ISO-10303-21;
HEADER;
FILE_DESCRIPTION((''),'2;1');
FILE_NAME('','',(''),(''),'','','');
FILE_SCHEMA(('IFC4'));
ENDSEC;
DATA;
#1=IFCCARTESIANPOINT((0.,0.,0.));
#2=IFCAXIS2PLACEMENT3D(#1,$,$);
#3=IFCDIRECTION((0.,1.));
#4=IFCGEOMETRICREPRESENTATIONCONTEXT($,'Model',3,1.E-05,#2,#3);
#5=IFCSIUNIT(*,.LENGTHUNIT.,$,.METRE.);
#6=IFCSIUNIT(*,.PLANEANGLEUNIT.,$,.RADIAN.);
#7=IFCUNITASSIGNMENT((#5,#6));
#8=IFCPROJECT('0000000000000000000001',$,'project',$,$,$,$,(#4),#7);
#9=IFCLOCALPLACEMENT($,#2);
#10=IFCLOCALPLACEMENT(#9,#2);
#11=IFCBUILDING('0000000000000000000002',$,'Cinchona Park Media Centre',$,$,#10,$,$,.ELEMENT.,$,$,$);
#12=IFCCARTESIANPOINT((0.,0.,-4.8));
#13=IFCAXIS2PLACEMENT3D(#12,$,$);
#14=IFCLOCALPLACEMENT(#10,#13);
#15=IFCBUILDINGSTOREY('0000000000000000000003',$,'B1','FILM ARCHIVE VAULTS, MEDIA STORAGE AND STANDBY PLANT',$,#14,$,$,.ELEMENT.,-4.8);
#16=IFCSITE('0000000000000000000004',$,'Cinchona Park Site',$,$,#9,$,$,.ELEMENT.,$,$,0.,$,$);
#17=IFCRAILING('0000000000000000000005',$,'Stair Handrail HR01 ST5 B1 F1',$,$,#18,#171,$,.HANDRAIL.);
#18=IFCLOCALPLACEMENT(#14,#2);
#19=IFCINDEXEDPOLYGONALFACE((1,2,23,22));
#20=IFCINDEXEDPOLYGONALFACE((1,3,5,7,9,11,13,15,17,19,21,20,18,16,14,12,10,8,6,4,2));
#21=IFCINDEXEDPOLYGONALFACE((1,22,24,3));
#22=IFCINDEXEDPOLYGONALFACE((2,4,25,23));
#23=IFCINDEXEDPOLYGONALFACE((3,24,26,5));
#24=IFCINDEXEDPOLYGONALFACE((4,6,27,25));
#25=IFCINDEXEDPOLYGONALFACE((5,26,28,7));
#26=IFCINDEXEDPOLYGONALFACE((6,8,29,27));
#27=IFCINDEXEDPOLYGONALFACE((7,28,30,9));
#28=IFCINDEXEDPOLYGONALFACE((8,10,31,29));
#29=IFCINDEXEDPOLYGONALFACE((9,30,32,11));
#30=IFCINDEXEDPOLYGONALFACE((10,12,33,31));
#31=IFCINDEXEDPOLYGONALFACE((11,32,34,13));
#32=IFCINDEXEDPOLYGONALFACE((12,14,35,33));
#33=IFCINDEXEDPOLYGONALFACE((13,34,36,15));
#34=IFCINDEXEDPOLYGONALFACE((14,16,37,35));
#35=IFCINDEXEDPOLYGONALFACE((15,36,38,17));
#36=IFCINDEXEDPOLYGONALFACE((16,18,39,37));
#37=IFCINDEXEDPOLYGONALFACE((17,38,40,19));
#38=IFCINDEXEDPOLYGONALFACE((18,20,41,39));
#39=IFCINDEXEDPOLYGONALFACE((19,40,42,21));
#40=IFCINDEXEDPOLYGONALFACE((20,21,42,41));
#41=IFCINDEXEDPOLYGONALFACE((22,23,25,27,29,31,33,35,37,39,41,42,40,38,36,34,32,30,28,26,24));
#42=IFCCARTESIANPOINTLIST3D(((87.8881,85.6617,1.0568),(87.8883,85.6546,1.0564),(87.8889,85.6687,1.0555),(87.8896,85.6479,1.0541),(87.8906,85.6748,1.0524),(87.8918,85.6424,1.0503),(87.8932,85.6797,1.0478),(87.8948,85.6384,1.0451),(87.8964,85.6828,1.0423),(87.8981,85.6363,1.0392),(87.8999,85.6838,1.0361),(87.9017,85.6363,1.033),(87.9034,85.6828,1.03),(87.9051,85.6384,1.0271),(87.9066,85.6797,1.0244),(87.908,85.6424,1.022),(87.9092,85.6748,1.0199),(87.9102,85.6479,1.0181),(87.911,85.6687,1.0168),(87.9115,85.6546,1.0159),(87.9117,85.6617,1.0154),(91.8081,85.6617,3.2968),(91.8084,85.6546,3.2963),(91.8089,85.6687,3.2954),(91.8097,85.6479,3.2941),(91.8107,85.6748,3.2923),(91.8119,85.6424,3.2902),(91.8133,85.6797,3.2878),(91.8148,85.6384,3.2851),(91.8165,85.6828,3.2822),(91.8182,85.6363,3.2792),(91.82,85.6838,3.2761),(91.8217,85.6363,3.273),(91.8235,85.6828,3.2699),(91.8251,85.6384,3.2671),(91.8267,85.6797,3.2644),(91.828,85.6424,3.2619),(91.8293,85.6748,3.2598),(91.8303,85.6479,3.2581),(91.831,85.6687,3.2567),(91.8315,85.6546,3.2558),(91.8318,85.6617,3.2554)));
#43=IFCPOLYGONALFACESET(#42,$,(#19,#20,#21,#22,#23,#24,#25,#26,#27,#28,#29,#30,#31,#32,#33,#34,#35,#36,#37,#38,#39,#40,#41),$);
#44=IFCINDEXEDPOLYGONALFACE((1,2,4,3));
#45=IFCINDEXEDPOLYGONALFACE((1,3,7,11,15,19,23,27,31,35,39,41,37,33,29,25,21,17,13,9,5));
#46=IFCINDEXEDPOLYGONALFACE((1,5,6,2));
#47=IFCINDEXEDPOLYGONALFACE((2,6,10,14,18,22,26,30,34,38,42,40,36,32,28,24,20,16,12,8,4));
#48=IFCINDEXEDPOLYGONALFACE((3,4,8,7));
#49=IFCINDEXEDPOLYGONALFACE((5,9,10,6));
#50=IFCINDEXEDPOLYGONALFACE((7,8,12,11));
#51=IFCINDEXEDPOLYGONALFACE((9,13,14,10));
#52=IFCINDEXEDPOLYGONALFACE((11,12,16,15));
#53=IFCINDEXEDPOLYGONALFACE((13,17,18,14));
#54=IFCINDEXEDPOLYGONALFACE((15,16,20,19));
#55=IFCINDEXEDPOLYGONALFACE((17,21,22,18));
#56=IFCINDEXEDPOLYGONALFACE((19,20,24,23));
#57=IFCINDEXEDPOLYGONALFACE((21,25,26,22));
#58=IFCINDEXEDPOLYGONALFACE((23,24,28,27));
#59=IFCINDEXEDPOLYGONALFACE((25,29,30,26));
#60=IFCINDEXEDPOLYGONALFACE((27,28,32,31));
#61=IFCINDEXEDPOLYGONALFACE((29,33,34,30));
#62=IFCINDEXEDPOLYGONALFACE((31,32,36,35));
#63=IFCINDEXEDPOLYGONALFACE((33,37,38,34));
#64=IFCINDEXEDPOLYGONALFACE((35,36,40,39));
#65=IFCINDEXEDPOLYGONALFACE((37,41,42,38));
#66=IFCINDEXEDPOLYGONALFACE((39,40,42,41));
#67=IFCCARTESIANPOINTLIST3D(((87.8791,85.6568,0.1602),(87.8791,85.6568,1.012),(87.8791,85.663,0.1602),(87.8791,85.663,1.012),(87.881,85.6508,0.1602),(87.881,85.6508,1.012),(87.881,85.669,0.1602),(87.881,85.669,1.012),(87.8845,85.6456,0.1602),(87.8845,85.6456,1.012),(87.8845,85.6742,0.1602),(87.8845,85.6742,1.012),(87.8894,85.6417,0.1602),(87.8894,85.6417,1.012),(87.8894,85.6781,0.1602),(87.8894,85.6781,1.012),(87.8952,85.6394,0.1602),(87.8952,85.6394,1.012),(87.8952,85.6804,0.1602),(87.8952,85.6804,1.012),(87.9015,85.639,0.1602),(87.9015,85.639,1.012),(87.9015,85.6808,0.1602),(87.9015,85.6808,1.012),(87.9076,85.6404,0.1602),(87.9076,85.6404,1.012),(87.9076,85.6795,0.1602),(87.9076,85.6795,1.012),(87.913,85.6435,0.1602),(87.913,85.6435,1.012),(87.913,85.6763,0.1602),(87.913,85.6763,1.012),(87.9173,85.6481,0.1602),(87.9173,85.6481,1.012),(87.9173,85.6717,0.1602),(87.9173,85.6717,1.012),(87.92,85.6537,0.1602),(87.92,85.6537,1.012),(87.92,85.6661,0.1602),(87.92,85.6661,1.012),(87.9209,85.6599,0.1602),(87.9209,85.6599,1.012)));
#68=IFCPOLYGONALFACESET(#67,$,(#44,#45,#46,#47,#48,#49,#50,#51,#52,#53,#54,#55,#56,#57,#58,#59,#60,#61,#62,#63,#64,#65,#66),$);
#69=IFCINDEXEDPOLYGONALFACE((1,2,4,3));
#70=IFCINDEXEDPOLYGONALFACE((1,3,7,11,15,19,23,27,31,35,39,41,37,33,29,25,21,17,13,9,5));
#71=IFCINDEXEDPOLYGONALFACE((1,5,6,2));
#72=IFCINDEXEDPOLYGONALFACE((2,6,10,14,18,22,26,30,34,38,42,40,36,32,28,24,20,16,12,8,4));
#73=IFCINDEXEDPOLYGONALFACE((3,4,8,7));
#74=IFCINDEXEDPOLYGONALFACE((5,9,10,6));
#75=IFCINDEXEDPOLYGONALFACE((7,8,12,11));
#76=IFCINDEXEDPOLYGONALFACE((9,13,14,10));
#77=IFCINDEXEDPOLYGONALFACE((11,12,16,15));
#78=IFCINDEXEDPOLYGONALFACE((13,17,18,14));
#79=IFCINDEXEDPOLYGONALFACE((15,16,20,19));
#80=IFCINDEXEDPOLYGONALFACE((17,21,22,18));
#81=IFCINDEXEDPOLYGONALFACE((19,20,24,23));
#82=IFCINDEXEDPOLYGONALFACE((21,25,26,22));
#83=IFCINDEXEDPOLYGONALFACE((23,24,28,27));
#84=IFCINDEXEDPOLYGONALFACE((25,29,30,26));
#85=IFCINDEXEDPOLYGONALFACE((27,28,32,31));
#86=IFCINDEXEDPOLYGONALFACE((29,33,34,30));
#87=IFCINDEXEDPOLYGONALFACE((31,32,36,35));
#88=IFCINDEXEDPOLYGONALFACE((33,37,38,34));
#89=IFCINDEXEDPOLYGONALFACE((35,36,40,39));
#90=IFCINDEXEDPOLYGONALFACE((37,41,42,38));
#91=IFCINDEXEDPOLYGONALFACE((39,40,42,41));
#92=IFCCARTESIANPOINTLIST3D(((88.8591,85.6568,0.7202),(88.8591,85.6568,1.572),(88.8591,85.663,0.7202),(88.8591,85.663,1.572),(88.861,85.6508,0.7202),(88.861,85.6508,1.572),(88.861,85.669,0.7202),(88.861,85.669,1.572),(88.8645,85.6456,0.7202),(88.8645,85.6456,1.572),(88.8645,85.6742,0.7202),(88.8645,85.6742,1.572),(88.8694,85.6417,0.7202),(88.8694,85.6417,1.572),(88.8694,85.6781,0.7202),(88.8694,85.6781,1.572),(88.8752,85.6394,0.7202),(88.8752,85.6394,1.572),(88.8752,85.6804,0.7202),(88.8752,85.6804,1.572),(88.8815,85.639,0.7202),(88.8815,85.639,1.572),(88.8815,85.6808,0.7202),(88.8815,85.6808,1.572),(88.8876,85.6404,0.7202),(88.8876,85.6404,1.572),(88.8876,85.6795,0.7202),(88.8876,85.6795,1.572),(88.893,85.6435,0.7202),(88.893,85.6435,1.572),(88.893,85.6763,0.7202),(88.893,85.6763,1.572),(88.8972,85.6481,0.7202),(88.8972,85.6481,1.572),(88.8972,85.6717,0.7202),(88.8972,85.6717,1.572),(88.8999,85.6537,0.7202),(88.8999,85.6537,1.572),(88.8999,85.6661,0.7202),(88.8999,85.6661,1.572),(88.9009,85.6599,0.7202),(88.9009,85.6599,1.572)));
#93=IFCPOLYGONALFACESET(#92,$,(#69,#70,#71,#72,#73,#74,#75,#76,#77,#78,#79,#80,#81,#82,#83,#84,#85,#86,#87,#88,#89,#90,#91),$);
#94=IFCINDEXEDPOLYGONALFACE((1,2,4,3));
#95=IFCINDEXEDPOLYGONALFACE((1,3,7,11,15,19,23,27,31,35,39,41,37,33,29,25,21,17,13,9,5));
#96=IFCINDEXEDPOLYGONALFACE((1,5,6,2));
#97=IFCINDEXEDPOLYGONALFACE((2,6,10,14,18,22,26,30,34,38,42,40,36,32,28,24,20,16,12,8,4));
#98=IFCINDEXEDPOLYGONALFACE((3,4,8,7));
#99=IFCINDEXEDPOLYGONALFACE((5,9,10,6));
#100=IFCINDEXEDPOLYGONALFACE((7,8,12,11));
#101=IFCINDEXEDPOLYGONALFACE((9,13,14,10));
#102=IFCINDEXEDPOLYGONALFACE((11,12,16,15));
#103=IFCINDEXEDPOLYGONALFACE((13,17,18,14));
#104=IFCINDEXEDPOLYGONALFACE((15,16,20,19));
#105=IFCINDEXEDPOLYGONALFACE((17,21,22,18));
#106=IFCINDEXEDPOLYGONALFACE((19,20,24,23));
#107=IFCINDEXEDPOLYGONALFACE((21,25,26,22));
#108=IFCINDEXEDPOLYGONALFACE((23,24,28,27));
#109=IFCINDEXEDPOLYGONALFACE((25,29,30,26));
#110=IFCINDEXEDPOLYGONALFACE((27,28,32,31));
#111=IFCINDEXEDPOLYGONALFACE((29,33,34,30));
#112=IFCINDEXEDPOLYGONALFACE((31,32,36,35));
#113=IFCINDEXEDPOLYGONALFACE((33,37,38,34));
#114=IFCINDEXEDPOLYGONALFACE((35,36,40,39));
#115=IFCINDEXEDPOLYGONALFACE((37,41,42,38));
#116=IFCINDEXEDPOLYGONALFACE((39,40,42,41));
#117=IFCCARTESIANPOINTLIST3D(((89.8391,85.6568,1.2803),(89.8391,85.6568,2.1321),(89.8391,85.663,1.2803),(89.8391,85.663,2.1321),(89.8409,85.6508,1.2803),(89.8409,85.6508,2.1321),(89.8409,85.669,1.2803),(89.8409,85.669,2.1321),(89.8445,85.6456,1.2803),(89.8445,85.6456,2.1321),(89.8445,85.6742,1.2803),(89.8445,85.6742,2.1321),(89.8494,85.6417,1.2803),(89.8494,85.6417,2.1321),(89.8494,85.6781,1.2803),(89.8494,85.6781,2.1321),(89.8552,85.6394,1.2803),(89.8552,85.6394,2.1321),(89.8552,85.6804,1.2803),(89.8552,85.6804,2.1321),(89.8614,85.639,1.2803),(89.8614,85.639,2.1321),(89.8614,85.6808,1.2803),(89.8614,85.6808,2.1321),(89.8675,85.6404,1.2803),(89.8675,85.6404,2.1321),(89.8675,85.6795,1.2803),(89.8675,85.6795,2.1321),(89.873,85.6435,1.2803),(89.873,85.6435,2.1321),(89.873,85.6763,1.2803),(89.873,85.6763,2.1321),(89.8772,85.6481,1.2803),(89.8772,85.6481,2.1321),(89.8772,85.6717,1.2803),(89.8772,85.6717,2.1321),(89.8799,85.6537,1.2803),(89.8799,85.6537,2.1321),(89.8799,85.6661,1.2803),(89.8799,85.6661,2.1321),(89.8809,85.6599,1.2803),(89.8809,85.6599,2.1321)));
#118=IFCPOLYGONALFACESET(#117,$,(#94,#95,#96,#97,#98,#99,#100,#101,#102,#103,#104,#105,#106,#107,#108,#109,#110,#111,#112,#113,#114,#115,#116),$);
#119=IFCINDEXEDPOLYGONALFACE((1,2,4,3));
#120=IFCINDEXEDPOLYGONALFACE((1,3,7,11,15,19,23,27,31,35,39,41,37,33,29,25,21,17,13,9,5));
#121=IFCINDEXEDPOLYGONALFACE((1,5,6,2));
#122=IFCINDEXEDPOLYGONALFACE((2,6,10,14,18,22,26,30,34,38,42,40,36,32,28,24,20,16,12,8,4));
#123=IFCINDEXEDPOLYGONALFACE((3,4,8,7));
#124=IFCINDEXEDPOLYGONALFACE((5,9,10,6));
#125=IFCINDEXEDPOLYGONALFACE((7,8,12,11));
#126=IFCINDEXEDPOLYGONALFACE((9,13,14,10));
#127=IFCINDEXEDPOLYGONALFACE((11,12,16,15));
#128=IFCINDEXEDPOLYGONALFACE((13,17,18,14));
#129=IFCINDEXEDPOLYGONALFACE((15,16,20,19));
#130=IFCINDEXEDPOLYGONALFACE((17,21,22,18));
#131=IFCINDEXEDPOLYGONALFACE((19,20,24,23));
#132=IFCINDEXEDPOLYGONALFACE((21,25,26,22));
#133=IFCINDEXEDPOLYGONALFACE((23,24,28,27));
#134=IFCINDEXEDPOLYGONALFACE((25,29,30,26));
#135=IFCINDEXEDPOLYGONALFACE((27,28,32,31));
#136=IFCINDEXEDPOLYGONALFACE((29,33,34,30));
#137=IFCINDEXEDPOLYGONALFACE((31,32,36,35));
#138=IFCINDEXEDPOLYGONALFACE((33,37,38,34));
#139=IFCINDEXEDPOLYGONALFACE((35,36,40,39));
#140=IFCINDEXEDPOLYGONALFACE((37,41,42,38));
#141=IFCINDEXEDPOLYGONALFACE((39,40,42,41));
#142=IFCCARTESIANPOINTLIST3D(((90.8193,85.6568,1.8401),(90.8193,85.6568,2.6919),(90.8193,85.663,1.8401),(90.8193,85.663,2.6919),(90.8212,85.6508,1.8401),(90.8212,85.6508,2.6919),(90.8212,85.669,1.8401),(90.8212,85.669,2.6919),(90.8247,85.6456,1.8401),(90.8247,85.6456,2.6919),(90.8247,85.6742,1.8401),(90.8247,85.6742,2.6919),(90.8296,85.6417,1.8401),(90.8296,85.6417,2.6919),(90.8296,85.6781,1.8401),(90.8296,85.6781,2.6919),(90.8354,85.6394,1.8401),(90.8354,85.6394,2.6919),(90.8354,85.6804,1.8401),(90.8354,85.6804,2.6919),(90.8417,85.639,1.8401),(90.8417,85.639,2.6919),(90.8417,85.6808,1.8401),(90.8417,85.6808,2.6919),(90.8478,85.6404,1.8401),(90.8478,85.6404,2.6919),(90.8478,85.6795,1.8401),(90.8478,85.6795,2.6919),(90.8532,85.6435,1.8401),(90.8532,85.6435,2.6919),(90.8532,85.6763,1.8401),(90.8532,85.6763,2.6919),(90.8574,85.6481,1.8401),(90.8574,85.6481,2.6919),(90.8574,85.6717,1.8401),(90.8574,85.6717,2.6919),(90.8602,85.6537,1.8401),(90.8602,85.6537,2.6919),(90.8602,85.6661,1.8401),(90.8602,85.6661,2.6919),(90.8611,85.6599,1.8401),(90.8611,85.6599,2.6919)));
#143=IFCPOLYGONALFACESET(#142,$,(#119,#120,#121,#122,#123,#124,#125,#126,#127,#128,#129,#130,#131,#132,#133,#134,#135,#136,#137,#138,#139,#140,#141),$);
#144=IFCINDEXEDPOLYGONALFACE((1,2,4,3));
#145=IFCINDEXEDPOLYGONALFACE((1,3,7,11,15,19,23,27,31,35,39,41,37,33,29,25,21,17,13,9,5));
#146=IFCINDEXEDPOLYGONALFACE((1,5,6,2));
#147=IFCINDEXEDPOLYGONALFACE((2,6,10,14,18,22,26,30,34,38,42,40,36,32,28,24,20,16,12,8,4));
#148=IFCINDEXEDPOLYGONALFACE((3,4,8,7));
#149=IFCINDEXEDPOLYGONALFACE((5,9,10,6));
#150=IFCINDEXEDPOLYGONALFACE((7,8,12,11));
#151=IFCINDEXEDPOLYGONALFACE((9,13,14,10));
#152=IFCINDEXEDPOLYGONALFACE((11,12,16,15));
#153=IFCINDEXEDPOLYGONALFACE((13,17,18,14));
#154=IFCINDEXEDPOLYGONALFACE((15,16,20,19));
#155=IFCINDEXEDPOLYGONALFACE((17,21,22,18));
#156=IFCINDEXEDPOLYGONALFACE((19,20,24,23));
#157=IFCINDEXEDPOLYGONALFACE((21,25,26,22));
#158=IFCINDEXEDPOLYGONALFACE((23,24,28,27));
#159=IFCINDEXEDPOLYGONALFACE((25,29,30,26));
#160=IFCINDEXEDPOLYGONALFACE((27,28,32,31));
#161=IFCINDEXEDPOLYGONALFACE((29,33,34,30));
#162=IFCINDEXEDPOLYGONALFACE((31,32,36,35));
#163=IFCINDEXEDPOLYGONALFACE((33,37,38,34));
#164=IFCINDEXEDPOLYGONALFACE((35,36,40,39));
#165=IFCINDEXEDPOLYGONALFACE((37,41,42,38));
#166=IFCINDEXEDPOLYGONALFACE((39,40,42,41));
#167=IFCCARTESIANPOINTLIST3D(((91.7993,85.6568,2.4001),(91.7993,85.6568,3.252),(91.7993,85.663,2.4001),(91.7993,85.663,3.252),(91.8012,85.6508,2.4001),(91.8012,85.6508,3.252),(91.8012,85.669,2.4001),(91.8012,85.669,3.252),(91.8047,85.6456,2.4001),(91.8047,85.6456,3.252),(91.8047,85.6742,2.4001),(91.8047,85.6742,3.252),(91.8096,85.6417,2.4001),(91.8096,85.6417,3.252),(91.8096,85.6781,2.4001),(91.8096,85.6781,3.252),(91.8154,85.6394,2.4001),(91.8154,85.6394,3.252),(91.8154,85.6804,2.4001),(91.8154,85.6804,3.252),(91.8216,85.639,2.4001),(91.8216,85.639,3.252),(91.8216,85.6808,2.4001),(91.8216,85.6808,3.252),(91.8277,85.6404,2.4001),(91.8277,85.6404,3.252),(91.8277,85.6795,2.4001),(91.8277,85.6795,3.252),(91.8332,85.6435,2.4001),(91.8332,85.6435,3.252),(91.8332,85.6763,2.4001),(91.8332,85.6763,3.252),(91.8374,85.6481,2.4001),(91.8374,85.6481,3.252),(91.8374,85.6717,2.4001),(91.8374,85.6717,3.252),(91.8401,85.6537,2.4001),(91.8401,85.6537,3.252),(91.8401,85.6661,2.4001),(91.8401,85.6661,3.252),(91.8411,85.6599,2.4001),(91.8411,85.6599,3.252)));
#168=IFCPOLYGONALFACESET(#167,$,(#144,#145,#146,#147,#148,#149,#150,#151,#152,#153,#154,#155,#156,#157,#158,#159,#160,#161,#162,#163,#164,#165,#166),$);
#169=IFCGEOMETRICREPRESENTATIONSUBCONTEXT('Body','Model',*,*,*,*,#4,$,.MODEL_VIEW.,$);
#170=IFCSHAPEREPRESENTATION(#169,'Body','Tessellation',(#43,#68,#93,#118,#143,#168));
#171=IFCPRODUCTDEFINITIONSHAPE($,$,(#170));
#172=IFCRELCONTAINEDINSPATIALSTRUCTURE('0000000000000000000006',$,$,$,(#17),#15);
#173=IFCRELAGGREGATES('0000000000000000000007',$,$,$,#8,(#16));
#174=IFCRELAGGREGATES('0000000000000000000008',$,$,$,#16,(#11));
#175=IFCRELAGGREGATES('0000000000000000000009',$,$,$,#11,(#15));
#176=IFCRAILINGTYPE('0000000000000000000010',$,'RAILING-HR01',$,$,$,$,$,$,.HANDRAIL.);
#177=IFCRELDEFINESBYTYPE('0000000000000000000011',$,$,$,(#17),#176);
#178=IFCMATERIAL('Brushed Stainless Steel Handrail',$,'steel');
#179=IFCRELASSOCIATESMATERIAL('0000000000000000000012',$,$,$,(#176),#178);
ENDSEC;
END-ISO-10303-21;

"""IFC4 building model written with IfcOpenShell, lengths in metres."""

from ifc_helpers import new_model, si_unit, direction, frame, origin, origin_2d, place, context, subcontext, project, spatial, circle, extrude, material, type_object, element, save


model = new_model("IFC4")

# Units and contexts
model_context = context("Model", 3, precision=1e-05, world=origin(), true_north=direction((0.0, 1.0)))
body_context = subcontext(model_context, "Body", "Model", "MODEL_VIEW")
ifc_project = project(units=[si_unit("LENGTHUNIT", "METRE"), si_unit("PLANEANGLEUNIT", "RADIAN")], contexts=[model_context])

# Site, building, storey
site_placement = place(None, origin())
site = spatial("IfcSite", under=ifc_project, at=site_placement, Name="Cinchona Park Site", CompositionType="ELEMENT", RefElevation=0.0)
building_placement = place(site_placement, origin())
building = spatial("IfcBuilding", under=site, at=building_placement, Name="Cinchona Park Media Centre", CompositionType="ELEMENT")
storey_placement = place(building_placement, frame((0.0, 0.0, -4.8)))
storey = spatial("IfcBuildingStorey", under=building, at=storey_placement, Name="B1", Description="FILM ARCHIVE VAULTS, MEDIA STORAGE AND STANDBY PLANT", CompositionType="ELEMENT", Elevation=-4.8)

# Railing
ifc_material_1 = material(Name="Brushed Stainless Steel Handrail", Category="steel")
railing_type_1 = type_object("IfcRailingType", Name="RAILING-HR01", PredefinedType="HANDRAIL", material=ifc_material_1)
railing_1_placement = place(storey_placement, frame((87.8999, 85.6599, 0.1602)))
element("IfcRailing", 1, at=railing_1_placement, inside=storey, type_object=railing_type_1, Name="Stair Handrail HR01 ST5 B1 F1", PredefinedType="HANDRAIL", context=body_context, shape_type="SweptSolid", body=[
    extrude(circle(Radius=0.0239, at=origin_2d()), frame((0.0, 0.0, 0.876), z_axis=(0.868253, 0.0, 0.496121), x_axis=(0.0, 1.0, 0.0)), (0.0, 0.0, 1.0), 4.5149),
    extrude(circle(Radius=0.021, at=origin_2d()), origin(), (0.0, 0.0, 1.0), 0.8518),
    extrude(circle(Radius=0.021, at=origin_2d()), frame((0.98, 0.0, 0.5601)), (0.0, 0.0, 1.0), 0.8518),
    extrude(circle(Radius=0.021, at=origin_2d()), frame((1.96, 0.0, 1.1201)), (0.0, 0.0, 1.0), 0.8518),
    extrude(circle(Radius=0.021, at=origin_2d()), frame((2.9402, 0.0, 1.6799)), (0.0, 0.0, 1.0), 0.8518),
    extrude(circle(Radius=0.021, at=origin_2d()), frame((3.9202, 0.0, 2.24)), (0.0, 0.0, 1.0), 0.8518),
])

save(model, "model.ifc")
